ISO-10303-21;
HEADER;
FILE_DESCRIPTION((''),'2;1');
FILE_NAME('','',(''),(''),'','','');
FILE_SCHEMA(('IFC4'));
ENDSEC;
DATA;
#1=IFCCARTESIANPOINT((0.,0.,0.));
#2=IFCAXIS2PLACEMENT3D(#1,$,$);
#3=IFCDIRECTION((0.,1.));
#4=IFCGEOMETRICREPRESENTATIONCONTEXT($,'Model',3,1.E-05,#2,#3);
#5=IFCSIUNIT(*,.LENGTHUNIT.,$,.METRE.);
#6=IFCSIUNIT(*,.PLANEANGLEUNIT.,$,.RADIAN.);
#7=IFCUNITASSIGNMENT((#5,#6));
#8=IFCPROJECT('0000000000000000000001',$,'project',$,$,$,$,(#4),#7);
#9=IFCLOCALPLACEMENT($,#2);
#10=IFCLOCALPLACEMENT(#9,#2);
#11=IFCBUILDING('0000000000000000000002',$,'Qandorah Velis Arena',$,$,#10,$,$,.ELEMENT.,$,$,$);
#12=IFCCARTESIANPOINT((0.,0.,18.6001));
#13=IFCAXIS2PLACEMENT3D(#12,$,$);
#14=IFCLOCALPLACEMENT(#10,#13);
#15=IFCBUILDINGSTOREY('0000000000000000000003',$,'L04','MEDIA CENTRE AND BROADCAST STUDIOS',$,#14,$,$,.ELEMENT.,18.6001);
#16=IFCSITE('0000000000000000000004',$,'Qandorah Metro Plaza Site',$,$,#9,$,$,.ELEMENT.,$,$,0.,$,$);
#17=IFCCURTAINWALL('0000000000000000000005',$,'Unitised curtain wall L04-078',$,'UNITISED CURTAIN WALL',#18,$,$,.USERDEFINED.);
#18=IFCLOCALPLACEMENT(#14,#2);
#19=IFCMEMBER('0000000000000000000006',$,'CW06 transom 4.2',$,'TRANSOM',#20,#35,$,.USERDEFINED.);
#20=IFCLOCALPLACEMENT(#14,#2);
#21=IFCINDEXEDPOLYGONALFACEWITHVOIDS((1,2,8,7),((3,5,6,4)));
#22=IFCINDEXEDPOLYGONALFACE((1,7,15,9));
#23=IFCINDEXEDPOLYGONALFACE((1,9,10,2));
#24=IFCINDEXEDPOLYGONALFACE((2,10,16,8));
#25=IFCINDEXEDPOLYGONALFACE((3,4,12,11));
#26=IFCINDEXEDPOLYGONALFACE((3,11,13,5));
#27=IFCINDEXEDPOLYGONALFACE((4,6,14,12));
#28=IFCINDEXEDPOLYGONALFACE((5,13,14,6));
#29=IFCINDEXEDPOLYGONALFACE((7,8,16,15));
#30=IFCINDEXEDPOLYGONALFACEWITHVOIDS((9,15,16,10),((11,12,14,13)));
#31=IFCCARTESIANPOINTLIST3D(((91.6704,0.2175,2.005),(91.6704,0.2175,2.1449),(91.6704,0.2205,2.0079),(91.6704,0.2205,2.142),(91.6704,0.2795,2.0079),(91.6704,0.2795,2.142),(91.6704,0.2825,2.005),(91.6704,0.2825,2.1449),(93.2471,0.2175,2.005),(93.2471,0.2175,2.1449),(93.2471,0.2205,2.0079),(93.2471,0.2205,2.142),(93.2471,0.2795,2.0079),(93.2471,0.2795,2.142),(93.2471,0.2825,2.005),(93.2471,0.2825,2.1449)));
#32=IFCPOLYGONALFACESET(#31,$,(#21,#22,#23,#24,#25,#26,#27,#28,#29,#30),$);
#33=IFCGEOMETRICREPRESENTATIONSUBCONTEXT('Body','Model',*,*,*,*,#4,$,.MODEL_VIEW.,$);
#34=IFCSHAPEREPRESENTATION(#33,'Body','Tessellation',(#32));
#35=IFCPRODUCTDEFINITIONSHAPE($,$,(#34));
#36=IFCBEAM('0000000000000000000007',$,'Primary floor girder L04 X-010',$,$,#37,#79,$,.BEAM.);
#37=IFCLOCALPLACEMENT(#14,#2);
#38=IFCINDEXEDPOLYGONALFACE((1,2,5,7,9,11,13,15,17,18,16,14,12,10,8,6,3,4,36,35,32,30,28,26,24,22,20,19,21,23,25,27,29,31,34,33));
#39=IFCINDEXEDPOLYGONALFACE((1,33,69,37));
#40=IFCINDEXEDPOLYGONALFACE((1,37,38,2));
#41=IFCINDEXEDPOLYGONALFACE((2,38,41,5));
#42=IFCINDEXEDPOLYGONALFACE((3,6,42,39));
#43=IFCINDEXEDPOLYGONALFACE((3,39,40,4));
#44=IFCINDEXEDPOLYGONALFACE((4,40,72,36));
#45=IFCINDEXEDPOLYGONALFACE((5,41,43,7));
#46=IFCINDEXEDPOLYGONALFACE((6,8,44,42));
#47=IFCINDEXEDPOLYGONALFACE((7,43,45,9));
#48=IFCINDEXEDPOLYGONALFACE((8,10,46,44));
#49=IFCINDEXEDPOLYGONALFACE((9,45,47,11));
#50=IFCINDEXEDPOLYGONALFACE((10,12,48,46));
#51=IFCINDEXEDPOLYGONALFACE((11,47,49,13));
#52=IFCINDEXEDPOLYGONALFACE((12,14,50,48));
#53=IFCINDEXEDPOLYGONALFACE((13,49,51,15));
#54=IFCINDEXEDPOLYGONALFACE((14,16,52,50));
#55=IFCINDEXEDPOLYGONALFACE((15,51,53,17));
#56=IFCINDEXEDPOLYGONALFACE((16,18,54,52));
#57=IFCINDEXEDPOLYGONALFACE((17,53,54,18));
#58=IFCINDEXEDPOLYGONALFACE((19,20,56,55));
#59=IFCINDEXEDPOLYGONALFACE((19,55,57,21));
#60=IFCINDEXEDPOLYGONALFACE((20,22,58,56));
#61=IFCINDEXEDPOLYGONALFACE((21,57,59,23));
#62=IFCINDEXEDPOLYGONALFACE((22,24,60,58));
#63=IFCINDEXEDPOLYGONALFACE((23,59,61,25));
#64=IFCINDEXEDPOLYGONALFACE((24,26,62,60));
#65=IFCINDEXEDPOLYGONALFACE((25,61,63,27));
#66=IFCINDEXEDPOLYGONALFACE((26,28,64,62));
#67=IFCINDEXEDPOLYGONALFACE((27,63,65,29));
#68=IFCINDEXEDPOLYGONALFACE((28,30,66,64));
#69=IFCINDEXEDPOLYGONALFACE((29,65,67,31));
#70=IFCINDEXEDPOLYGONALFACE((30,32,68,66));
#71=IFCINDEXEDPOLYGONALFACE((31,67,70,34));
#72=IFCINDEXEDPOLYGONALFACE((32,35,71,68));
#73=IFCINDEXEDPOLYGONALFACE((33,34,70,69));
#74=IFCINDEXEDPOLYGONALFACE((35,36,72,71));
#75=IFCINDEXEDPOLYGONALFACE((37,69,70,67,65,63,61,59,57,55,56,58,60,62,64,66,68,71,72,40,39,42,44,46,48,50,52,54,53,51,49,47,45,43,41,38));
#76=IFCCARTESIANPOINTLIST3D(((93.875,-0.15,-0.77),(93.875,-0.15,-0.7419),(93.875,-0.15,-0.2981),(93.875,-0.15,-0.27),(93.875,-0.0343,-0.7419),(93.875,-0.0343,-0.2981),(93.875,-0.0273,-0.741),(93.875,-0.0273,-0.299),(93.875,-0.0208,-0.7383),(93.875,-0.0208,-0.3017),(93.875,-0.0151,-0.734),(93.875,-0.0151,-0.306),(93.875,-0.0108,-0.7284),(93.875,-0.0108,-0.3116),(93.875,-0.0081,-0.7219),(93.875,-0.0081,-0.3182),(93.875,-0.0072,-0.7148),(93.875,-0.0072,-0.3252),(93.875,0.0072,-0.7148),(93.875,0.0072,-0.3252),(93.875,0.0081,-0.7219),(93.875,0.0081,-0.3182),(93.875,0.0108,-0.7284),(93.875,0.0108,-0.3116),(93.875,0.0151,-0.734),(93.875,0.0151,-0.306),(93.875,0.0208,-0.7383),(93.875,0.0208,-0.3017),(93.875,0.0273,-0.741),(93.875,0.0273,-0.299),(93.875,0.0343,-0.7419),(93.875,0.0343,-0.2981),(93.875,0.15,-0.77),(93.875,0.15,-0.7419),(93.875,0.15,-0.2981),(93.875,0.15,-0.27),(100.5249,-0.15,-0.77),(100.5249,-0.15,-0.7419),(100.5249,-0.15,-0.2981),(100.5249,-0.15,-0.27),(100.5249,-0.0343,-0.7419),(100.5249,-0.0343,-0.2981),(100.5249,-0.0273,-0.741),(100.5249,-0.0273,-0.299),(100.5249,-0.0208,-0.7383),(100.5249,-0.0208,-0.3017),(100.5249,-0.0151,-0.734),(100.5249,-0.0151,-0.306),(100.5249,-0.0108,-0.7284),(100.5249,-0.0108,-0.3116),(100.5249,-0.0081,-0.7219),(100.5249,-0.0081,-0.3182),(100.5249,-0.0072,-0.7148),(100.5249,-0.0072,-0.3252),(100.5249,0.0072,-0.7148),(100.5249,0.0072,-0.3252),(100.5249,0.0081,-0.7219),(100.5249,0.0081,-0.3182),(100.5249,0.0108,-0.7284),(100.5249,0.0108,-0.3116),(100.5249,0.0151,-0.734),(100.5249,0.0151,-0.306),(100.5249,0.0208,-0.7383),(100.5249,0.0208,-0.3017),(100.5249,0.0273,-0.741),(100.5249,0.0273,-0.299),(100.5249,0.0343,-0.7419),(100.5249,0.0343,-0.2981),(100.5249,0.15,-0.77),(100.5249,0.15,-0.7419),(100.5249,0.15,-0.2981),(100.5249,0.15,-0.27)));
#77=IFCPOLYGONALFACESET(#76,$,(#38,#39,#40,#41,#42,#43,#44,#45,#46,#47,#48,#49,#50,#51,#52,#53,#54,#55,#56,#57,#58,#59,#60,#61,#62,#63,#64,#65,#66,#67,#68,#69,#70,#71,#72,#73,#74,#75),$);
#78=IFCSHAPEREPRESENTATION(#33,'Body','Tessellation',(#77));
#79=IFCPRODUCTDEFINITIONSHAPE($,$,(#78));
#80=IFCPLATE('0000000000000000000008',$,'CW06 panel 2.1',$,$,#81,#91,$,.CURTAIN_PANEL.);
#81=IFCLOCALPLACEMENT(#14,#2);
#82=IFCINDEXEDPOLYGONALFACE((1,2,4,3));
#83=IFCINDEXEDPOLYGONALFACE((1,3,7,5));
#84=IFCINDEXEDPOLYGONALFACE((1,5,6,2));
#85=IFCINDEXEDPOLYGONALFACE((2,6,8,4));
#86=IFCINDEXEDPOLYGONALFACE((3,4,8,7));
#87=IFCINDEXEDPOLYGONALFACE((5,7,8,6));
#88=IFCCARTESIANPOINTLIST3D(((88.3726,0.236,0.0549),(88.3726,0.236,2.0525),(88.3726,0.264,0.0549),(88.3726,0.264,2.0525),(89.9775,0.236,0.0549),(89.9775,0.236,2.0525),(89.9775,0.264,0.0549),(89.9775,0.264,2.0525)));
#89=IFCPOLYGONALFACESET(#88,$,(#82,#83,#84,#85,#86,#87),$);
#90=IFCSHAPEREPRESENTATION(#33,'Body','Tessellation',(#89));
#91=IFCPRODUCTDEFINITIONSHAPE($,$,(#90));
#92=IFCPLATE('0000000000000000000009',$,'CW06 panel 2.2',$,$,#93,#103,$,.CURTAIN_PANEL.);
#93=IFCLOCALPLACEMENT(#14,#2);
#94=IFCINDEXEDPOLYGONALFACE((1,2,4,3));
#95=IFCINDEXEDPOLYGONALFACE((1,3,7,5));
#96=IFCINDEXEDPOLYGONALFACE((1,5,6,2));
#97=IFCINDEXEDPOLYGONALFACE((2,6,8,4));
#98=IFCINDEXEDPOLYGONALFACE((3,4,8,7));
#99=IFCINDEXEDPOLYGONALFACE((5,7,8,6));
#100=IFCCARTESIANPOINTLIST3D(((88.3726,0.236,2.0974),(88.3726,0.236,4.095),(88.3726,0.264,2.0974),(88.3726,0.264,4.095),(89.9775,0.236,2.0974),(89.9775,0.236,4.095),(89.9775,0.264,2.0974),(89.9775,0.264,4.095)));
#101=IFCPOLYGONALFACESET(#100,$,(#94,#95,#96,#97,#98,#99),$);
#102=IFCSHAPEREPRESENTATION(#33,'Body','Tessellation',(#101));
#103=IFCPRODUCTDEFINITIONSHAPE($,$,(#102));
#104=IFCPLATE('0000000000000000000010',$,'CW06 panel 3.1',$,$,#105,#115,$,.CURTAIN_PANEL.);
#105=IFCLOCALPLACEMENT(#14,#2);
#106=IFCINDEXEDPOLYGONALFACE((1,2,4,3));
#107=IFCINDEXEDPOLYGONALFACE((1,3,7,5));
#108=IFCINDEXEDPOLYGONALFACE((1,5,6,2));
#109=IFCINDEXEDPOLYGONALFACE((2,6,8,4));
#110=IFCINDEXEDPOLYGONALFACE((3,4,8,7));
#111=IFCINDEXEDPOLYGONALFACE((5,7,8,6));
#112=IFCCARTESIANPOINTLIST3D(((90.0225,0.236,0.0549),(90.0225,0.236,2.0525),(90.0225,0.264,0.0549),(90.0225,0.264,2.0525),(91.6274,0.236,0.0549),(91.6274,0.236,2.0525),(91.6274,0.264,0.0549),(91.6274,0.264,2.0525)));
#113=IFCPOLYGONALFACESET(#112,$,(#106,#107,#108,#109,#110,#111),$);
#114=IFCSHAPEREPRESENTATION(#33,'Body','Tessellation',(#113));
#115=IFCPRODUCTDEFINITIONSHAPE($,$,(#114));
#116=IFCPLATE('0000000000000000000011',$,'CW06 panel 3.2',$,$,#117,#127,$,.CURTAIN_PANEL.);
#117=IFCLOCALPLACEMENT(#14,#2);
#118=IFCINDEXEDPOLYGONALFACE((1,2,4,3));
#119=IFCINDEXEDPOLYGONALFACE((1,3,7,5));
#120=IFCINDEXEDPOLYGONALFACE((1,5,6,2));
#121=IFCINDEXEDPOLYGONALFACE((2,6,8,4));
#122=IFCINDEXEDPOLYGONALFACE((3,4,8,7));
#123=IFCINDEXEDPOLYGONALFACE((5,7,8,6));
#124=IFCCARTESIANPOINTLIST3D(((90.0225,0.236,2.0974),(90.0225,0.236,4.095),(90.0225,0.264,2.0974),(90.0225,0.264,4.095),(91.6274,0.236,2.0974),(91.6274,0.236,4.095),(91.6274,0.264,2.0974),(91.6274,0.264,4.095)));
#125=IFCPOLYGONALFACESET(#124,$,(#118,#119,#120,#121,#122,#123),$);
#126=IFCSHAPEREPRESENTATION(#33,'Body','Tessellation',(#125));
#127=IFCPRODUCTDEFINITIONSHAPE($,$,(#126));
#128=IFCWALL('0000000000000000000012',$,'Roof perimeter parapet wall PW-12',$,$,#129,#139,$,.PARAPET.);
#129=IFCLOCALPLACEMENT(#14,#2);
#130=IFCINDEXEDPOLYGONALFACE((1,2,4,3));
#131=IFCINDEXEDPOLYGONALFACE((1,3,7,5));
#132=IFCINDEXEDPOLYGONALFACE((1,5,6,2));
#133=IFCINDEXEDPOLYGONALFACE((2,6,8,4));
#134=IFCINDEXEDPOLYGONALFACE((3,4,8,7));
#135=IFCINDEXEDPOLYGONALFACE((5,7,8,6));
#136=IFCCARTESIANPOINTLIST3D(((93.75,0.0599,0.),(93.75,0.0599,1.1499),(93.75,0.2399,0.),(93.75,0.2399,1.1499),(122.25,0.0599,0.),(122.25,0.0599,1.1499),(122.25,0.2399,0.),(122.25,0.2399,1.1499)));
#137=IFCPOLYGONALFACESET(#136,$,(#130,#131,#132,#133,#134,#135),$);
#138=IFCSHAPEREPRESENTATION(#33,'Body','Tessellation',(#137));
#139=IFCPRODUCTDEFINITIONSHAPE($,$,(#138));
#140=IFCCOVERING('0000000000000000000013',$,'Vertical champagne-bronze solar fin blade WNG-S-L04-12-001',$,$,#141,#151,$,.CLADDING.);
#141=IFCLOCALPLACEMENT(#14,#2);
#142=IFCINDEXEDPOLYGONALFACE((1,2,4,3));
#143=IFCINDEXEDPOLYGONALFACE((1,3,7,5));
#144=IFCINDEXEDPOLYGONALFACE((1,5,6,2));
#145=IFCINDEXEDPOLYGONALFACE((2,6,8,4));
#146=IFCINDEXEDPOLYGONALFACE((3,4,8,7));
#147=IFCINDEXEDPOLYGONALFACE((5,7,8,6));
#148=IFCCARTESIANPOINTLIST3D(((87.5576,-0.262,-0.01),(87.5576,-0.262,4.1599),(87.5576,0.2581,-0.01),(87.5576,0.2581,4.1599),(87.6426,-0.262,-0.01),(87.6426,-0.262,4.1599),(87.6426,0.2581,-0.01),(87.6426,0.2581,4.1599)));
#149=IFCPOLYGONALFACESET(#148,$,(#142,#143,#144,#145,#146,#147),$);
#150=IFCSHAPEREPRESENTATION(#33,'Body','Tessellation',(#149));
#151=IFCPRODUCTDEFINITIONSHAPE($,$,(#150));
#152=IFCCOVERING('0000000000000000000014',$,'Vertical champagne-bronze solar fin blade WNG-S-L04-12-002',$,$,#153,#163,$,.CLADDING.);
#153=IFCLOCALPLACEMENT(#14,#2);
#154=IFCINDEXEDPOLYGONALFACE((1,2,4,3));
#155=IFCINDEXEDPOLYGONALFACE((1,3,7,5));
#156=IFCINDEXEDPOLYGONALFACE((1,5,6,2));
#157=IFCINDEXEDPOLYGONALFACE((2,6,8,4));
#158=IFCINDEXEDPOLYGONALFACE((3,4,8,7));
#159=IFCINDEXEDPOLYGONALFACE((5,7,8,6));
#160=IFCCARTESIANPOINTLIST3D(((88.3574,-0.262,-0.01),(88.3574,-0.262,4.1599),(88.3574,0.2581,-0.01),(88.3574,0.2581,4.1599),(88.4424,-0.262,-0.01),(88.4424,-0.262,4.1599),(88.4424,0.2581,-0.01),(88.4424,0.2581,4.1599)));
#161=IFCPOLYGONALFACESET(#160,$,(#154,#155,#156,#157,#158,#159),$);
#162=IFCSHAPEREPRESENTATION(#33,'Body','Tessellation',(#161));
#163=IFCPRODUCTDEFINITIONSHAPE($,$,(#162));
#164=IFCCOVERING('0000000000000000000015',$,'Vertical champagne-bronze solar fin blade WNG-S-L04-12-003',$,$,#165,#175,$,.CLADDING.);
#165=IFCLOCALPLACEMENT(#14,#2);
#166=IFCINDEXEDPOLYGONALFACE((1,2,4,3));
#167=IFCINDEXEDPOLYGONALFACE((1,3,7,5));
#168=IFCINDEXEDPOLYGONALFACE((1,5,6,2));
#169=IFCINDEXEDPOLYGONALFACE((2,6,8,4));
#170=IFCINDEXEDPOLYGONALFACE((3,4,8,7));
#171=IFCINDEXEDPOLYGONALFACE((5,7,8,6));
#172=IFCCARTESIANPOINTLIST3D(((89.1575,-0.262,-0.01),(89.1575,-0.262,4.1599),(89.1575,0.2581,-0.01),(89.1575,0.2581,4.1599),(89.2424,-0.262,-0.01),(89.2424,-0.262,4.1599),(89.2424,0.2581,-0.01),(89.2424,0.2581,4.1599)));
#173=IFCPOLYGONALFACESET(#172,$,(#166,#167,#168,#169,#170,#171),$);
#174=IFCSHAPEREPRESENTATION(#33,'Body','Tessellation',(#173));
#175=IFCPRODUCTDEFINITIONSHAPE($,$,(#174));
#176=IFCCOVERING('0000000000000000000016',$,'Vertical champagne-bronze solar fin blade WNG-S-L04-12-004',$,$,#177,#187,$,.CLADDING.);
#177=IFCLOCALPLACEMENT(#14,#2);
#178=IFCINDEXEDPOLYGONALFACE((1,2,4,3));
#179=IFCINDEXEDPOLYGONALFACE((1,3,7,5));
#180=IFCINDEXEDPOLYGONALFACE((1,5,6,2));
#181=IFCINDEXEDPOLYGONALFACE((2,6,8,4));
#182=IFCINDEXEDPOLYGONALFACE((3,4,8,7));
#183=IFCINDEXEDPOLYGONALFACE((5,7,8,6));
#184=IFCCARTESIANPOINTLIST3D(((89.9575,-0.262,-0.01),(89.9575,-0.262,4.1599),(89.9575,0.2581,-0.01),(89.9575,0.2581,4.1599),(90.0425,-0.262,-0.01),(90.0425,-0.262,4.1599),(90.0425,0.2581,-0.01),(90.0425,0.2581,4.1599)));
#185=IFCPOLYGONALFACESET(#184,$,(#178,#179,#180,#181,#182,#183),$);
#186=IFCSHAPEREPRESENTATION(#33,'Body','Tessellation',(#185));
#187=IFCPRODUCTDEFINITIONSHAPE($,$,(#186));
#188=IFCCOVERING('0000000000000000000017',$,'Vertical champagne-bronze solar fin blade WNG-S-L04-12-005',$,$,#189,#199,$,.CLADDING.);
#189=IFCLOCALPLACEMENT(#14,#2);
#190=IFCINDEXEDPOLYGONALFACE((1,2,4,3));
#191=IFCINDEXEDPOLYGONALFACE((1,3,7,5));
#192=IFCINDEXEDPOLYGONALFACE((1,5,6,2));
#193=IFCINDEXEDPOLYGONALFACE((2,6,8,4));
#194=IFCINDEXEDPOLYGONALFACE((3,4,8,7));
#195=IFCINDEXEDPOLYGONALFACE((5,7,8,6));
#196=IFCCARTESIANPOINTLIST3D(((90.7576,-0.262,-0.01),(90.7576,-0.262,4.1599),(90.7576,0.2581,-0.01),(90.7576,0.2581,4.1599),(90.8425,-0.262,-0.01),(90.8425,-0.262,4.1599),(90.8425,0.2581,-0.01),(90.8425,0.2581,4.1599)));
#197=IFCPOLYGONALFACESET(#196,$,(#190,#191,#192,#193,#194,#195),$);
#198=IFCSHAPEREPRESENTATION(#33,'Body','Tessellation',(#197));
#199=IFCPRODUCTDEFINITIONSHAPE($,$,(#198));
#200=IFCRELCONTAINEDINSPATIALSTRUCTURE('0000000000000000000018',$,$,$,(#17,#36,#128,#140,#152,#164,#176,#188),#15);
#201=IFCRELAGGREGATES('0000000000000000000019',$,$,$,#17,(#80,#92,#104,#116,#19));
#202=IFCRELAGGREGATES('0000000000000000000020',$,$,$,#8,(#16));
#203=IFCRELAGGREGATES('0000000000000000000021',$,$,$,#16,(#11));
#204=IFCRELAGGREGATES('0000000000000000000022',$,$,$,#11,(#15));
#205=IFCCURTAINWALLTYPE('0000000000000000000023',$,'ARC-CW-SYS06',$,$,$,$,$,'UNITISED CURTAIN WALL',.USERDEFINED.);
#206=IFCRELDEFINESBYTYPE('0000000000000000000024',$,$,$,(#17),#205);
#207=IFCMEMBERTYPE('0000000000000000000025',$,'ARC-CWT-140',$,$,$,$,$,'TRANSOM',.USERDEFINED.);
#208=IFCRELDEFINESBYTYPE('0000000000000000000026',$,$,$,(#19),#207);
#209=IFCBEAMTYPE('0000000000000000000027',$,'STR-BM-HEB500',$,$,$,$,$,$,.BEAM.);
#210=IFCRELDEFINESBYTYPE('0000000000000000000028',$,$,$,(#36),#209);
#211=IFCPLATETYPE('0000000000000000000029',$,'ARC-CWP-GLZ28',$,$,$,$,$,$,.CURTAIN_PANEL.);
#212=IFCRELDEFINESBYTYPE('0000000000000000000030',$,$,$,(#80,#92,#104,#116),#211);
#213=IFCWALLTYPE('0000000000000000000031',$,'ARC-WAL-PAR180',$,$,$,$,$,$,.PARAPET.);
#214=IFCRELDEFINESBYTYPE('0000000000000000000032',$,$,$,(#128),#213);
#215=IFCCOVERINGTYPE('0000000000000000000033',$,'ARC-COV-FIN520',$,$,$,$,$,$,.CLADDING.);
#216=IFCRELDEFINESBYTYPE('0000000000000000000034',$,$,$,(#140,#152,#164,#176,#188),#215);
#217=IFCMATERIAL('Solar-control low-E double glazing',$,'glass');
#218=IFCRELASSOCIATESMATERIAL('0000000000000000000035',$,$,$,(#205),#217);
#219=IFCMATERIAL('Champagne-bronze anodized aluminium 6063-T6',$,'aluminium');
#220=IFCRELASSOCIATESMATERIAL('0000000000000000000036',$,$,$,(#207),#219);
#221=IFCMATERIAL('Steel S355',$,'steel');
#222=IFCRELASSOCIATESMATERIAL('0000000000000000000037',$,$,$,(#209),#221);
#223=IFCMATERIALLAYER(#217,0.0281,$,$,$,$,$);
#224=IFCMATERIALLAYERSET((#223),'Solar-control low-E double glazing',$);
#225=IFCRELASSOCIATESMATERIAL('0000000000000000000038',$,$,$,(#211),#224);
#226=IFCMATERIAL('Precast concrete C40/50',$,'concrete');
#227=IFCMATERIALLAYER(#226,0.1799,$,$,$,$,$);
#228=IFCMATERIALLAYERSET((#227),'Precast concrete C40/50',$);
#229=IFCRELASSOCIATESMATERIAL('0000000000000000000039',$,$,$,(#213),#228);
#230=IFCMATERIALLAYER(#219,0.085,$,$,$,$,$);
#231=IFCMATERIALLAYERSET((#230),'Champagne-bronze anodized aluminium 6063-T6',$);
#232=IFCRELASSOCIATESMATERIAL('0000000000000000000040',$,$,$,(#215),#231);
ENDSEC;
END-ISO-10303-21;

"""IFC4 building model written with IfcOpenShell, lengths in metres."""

from ifc_helpers import new_model, si_unit, direction, frame, frame_2d, origin, origin_2d, place, context, subcontext, project, spatial, rectangle, hollow_rectangle, i_section, extrude, material, layer, layer_set, material_profile, profile_set, type_object, element, aggregate, save


model = new_model("IFC4")

# Units and contexts
model_context = context("Model", 3, precision=1e-05, world=origin(), true_north=direction((0.0, 1.0)))
body_context = subcontext(model_context, "Body", "Model", "MODEL_VIEW")
ifc_project = project(units=[si_unit("LENGTHUNIT", "METRE"), si_unit("PLANEANGLEUNIT", "RADIAN")], contexts=[model_context])

# Site, building, storey
site_placement = place(None, origin())
site = spatial("IfcSite", under=ifc_project, at=site_placement, Name="Qandorah Metro Plaza Site", CompositionType="ELEMENT", RefElevation=0.0)
building_placement = place(site_placement, origin())
building = spatial("IfcBuilding", under=site, at=building_placement, Name="Qandorah Velis Arena", CompositionType="ELEMENT")
storey_placement = place(building_placement, frame((0.0, 0.0, 18.6001)))
storey = spatial("IfcBuildingStorey", under=building, at=storey_placement, Name="L04", Description="MEDIA CENTRE AND BROADCAST STUDIOS", CompositionType="ELEMENT", Elevation=18.6001)

# Curtain wall, member
ifc_material_1 = material(Name="Solar-control low-E double glazing", Category="glass")
curtain_wall_type = type_object("IfcCurtainWallType", Name="ARC-CW-SYS06", ElementType="UNITISED CURTAIN WALL", PredefinedType="USERDEFINED", material=ifc_material_1)
curtain_wall_placement = place(storey_placement, origin())
curtain_wall = element("IfcCurtainWall", 1, at=curtain_wall_placement, inside=storey, type_object=curtain_wall_type, Name="Unitised curtain wall L04-078", ObjectType="UNITISED CURTAIN WALL", PredefinedType="USERDEFINED")
ifc_material_2 = material(Name="Champagne-bronze anodized aluminium 6063-T6", Category="aluminium")
ifc_material_profile_1 = material_profile(ifc_material_2, hollow_rectangle(XDim=0.0649, YDim=0.1399, WallThickness=0.0029, at=origin_2d()), Name="ALU TRANSOM 65x140")
ifc_profile_set_1 = profile_set([ifc_material_profile_1], Name="Champagne-bronze anodized aluminium 6063-T6")
member_type_1 = type_object("IfcMemberType", Name="ARC-CWT-140", ElementType="TRANSOM", PredefinedType="USERDEFINED", material=ifc_profile_set_1)
member_1_placement = place(storey_placement, frame((91.6704, 0.25, 2.075), z_axis=(1.0, 0.0, 0.0), x_axis=(0.0, 1.0, 0.0)))
member_1 = element("IfcMember", 2, at=member_1_placement, type_object=member_type_1, Name="CW06 transom 4.2", ObjectType="TRANSOM", PredefinedType="USERDEFINED", context=body_context, shape_type="SweptSolid", body=[
    extrude(hollow_rectangle(XDim=0.0649, YDim=0.1399, WallThickness=0.0029, at=origin_2d()), origin(), (0.0, 0.0, 1.0), 1.5767),
])

# Beam
ifc_material_3 = material(Name="Steel S355", Category="steel")
ifc_material_profile_2 = material_profile(ifc_material_3, i_section(OverallWidth=0.3, OverallDepth=0.5, WebThickness=0.0144, FlangeThickness=0.0281, FilletRadius=0.0271, at=origin_2d()), Name="HEB 500")
ifc_profile_set_2 = profile_set([ifc_material_profile_2], Name="Steel S355")
beam_type = type_object("IfcBeamType", Name="STR-BM-HEB500", PredefinedType="BEAM", material=ifc_profile_set_2)
beam_placement = place(storey_placement, frame((93.875, 0.0, -0.52), z_axis=(1.0, 0.0, 0.0), x_axis=(0.0, 1.0, 0.0)))
element("IfcBeam", 3, at=beam_placement, inside=storey, type_object=beam_type, Name="Primary floor girder L04 X-010", PredefinedType="BEAM", context=body_context, shape_type="SweptSolid", body=[
    extrude(i_section(OverallWidth=0.3, OverallDepth=0.5, WebThickness=0.0144, FlangeThickness=0.0281, FilletRadius=0.0271, at=origin_2d()), origin(), (0.0, 0.0, 1.0), 6.6499),
])

# Plates
ifc_layer_1 = layer(ifc_material_1, 0.0281)
ifc_layer_set_1 = layer_set([ifc_layer_1], Name="Solar-control low-E double glazing")
plate_type = type_object("IfcPlateType", Name="ARC-CWP-GLZ28", PredefinedType="CURTAIN_PANEL", material=ifc_layer_set_1)
plate_1_placement = place(storey_placement, frame((89.175, 0.25, 0.0549), z_axis=(0.0, 0.0, 1.0), x_axis=(1.0, 0.0, 0.0)))
plate_1 = element("IfcPlate", 4, at=plate_1_placement, type_object=plate_type, Name="CW06 panel 2.1", PredefinedType="CURTAIN_PANEL", context=body_context, shape_type="SweptSolid", body=[
    extrude(rectangle(XDim=1.605, YDim=0.0281, at=origin_2d()), origin(), (0.0, 0.0, 1.0), 1.9976),
])
plate_2_placement = place(storey_placement, frame((89.175, 0.25, 2.0974), z_axis=(0.0, 0.0, 1.0), x_axis=(1.0, 0.0, 0.0)))
plate_2 = element("IfcPlate", 5, at=plate_2_placement, type_object=plate_type, Name="CW06 panel 2.2", PredefinedType="CURTAIN_PANEL", context=body_context, shape_type="SweptSolid", body=[
    extrude(rectangle(XDim=1.605, YDim=0.0281, at=origin_2d()), origin(), (0.0, 0.0, 1.0), 1.9976),
])
plate_3_placement = place(storey_placement, frame((90.825, 0.25, 0.0549), z_axis=(0.0, 0.0, 1.0), x_axis=(1.0, 0.0, 0.0)))
plate_3 = element("IfcPlate", 6, at=plate_3_placement, type_object=plate_type, Name="CW06 panel 3.1", PredefinedType="CURTAIN_PANEL", context=body_context, shape_type="SweptSolid", body=[
    extrude(rectangle(XDim=1.605, YDim=0.0281, at=origin_2d()), origin(), (0.0, 0.0, 1.0), 1.9976),
])
plate_4_placement = place(storey_placement, frame((90.825, 0.25, 2.0974), z_axis=(0.0, 0.0, 1.0), x_axis=(1.0, 0.0, 0.0)))
plate_4 = element("IfcPlate", 7, at=plate_4_placement, type_object=plate_type, Name="CW06 panel 3.2", PredefinedType="CURTAIN_PANEL", context=body_context, shape_type="SweptSolid", body=[
    extrude(rectangle(XDim=1.605, YDim=0.0281, at=origin_2d()), origin(), (0.0, 0.0, 1.0), 1.9976),
])
aggregate(curtain_wall, [plate_1, plate_2, plate_3, plate_4, member_1])

# Wall
ifc_material_4 = material(Name="Precast concrete C40/50", Category="concrete")
ifc_layer_2 = layer(ifc_material_4, 0.1799)
ifc_layer_set_2 = layer_set([ifc_layer_2], Name="Precast concrete C40/50")
wall_type = type_object("IfcWallType", Name="ARC-WAL-PAR180", PredefinedType="PARAPET", material=ifc_layer_set_2)
wall_placement = place(storey_placement, frame((93.75, 0.1499, 0.0), z_axis=(0.0, 0.0, 1.0), x_axis=(1.0, 0.0, 0.0)))
element("IfcWall", 8, at=wall_placement, inside=storey, type_object=wall_type, Name="Roof perimeter parapet wall PW-12", PredefinedType="PARAPET", context=body_context, shape_type="SweptSolid", body=[
    extrude(rectangle(XDim=28.5, YDim=0.1799, at=frame_2d((14.25, 0.0))), origin(), (0.0, 0.0, 1.0), 1.1499),
])

# Coverings
ifc_layer_3 = layer(ifc_material_2, 0.085)
ifc_layer_set_3 = layer_set([ifc_layer_3], Name="Champagne-bronze anodized aluminium 6063-T6")
covering_type = type_object("IfcCoveringType", Name="ARC-COV-FIN520", PredefinedType="CLADDING", material=ifc_layer_set_3)
for number, where, z_axis, x_axis, name in (
    (9, (87.6001, -0.002, -0.01), (0.0, 0.0, 1.0), (1.0, 0.0, 0.0), "Vertical champagne-bronze solar fin blade WNG-S-L04-12-001"),
    (10, (88.3999, -0.002, -0.01), (0.0, 0.0, 1.0), (1.0, 0.0, 0.0), "Vertical champagne-bronze solar fin blade WNG-S-L04-12-002"),
    (11, (89.2, -0.002, -0.01), (0.0, 0.0, 1.0), (1.0, 0.0, 0.0), "Vertical champagne-bronze solar fin blade WNG-S-L04-12-003"),
    (12, (90.0, -0.002, -0.01), (0.0, 0.0, 1.0), (1.0, 0.0, 0.0), "Vertical champagne-bronze solar fin blade WNG-S-L04-12-004"),
    (13, (90.8, -0.002, -0.01), (0.0, 0.0, 1.0), (1.0, 0.0, 0.0), "Vertical champagne-bronze solar fin blade WNG-S-L04-12-005"),
):
    element("IfcCovering", number, at=place(storey_placement, frame(where, z_axis=z_axis, x_axis=x_axis)), inside=storey, type_object=covering_type, Name=name, PredefinedType="CLADDING", context=body_context, shape_type="SweptSolid", body=[
        extrude(rectangle(XDim=0.085, YDim=0.52, at=origin_2d()), origin(), (0.0, 0.0, 1.0), 4.1699),
    ])

save(model, "model.ifc")
